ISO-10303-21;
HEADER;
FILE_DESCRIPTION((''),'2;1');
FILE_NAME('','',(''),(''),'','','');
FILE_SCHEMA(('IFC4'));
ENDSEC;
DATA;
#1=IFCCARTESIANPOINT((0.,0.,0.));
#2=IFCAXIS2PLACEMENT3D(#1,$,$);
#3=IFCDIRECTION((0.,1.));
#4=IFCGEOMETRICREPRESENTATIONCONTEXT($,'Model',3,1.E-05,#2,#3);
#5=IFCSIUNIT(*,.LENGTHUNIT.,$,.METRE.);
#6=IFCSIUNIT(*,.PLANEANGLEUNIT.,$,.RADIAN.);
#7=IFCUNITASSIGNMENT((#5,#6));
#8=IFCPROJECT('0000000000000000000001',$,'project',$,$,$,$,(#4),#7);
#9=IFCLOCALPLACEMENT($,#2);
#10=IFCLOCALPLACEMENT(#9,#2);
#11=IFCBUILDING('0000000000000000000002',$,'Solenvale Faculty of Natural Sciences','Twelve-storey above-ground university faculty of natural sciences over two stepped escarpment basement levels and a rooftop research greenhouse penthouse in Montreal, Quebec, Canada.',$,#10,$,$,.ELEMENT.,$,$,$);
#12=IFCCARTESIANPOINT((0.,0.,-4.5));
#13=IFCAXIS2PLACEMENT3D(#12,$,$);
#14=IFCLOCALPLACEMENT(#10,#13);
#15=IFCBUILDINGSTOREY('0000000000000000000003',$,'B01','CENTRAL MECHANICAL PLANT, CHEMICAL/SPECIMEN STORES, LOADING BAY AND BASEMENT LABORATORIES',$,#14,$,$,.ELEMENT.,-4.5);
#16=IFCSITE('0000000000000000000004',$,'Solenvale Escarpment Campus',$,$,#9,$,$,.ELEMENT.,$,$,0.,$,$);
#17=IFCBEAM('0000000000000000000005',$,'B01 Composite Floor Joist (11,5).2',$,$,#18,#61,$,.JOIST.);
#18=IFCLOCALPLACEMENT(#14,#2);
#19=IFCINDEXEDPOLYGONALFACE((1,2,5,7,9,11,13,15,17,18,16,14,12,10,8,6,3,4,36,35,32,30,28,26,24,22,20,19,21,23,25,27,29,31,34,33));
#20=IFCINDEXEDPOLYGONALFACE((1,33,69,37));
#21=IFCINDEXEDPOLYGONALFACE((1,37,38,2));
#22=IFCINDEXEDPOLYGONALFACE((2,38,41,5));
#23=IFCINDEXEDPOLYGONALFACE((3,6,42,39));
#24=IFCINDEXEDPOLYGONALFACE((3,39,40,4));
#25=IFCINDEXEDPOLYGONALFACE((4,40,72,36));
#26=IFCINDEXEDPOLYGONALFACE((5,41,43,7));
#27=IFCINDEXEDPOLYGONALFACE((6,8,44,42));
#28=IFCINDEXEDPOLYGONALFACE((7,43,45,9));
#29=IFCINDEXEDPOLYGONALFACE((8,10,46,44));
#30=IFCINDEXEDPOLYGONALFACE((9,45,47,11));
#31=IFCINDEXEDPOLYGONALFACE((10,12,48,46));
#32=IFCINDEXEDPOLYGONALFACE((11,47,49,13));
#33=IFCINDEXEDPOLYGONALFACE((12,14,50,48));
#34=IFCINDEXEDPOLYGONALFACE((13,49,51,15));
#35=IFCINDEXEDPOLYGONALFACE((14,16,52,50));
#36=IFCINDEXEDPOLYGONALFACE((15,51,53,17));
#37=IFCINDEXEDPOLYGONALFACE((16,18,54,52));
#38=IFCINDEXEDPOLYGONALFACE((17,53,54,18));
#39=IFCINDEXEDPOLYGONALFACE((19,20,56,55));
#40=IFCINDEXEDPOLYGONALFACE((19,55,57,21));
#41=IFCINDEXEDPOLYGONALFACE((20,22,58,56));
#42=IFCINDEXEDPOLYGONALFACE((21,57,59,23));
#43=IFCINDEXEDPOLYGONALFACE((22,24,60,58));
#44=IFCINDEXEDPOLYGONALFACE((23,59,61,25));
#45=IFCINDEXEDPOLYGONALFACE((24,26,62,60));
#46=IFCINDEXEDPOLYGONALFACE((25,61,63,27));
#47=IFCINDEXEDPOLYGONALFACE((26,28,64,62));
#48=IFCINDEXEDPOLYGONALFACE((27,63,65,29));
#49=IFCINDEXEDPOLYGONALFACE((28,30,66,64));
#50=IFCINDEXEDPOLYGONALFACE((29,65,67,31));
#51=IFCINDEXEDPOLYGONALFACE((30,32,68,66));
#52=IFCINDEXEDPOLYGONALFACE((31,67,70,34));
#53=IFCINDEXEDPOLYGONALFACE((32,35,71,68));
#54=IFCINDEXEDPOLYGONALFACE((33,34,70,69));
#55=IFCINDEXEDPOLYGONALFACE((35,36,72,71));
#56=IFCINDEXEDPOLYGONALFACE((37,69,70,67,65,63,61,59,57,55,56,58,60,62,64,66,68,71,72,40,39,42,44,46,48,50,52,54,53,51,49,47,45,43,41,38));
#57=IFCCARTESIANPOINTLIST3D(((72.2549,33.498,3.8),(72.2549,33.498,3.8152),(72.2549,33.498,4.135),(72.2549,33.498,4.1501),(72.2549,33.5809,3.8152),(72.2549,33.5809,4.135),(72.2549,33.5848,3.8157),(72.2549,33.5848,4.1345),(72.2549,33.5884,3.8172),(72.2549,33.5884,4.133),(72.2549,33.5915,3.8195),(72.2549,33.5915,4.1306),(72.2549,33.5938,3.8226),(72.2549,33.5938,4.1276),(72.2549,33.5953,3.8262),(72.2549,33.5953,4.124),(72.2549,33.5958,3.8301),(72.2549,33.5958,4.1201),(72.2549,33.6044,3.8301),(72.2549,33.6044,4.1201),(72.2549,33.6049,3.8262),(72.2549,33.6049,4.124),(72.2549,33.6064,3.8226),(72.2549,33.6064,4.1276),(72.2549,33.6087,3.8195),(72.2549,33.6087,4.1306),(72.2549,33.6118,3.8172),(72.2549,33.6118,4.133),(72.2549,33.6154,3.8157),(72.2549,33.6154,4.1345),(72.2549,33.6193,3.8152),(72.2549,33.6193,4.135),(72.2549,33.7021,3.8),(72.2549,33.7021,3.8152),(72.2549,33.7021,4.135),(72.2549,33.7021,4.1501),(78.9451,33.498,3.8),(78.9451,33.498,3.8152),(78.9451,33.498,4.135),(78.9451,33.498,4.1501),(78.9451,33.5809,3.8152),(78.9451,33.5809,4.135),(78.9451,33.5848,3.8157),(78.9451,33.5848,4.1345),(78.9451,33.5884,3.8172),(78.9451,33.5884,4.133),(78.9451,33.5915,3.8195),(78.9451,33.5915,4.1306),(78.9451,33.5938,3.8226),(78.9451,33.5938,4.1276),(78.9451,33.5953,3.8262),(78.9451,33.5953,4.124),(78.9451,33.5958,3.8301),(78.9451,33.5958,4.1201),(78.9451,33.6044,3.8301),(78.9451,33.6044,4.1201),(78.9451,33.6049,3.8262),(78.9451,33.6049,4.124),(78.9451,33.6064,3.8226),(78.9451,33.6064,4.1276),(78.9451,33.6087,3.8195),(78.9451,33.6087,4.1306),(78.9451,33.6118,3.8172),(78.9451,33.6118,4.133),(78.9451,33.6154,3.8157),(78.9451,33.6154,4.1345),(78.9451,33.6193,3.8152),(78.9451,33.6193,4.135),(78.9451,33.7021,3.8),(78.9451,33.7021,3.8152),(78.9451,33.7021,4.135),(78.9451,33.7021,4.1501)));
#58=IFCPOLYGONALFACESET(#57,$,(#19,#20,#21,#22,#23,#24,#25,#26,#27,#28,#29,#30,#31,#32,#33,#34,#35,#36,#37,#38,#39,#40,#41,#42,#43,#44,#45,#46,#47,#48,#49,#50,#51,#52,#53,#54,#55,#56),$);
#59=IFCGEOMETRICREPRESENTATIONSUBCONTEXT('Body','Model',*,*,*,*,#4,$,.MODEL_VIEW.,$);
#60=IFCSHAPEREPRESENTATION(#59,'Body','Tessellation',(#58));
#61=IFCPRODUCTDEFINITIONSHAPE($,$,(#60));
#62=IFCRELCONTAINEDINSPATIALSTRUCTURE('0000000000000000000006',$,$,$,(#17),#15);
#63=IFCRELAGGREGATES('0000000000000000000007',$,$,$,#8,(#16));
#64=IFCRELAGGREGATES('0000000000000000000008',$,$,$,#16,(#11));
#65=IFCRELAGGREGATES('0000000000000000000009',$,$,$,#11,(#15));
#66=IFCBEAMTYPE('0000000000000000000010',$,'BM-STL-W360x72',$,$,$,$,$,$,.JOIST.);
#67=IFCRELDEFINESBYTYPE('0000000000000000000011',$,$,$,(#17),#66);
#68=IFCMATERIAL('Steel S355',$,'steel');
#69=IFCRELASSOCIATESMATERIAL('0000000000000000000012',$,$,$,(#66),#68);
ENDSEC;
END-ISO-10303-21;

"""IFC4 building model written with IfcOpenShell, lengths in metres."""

from ifc_helpers import new_model, si_unit, direction, frame, origin, origin_2d, place, context, subcontext, project, spatial, i_section, extrude, material, material_profile, profile_set, type_object, element, save


model = new_model("IFC4")

# Units and contexts
model_context = context("Model", 3, precision=1e-05, world=origin(), true_north=direction((0.0, 1.0)))
body_context = subcontext(model_context, "Body", "Model", "MODEL_VIEW")
ifc_project = project(units=[si_unit("LENGTHUNIT", "METRE"), si_unit("PLANEANGLEUNIT", "RADIAN")], contexts=[model_context])

# Site, building, storey
site_placement = place(None, origin())
site = spatial("IfcSite", under=ifc_project, at=site_placement, Name="Solenvale Escarpment Campus", CompositionType="ELEMENT", RefElevation=0.0)
building_placement = place(site_placement, origin())
building = spatial("IfcBuilding", under=site, at=building_placement, Name="Solenvale Faculty of Natural Sciences", Description="Twelve-storey above-ground university faculty of natural sciences over two stepped escarpment basement levels and a rooftop research greenhouse penthouse in Montreal, Quebec, Canada.", CompositionType="ELEMENT")
storey_placement = place(building_placement, frame((0.0, 0.0, -4.5)))
storey = spatial("IfcBuildingStorey", under=building, at=storey_placement, Name="B01", Description="CENTRAL MECHANICAL PLANT, CHEMICAL/SPECIMEN STORES, LOADING BAY AND BASEMENT LABORATORIES", CompositionType="ELEMENT", Elevation=-4.5)

# Beam
ifc_material_1 = material(Name="Steel S355", Category="steel")
ifc_material_profile_1 = material_profile(ifc_material_1, i_section(OverallWidth=0.2041, OverallDepth=0.3501, WebThickness=0.0085, FlangeThickness=0.0151, FilletRadius=0.0149, at=origin_2d()), Name="W360x72")
ifc_profile_set_1 = profile_set([ifc_material_profile_1], Name="Steel S355")
beam_type_1 = type_object("IfcBeamType", Name="BM-STL-W360x72", PredefinedType="JOIST", material=ifc_profile_set_1)
for number, where, z_axis, x_axis, name in (
    (1, (72.2549, 33.6001, 3.9751), (1.0, 0.0, 0.0), (0.0, 1.0, 0.0), "B01 Composite Floor Joist (11,5).2"),
):
    element("IfcBeam", number, at=place(storey_placement, frame(where, z_axis=z_axis, x_axis=x_axis)), inside=storey, type_object=beam_type_1, Name=name, PredefinedType="JOIST", context=body_context, shape_type="SweptSolid", body=[
        extrude(i_section(OverallWidth=0.2041, OverallDepth=0.3501, WebThickness=0.0085, FlangeThickness=0.0151, FilletRadius=0.0149, at=origin_2d()), origin(), (0.0, 0.0, 1.0), 6.6902),
    ])

save(model, "model.ifc")
